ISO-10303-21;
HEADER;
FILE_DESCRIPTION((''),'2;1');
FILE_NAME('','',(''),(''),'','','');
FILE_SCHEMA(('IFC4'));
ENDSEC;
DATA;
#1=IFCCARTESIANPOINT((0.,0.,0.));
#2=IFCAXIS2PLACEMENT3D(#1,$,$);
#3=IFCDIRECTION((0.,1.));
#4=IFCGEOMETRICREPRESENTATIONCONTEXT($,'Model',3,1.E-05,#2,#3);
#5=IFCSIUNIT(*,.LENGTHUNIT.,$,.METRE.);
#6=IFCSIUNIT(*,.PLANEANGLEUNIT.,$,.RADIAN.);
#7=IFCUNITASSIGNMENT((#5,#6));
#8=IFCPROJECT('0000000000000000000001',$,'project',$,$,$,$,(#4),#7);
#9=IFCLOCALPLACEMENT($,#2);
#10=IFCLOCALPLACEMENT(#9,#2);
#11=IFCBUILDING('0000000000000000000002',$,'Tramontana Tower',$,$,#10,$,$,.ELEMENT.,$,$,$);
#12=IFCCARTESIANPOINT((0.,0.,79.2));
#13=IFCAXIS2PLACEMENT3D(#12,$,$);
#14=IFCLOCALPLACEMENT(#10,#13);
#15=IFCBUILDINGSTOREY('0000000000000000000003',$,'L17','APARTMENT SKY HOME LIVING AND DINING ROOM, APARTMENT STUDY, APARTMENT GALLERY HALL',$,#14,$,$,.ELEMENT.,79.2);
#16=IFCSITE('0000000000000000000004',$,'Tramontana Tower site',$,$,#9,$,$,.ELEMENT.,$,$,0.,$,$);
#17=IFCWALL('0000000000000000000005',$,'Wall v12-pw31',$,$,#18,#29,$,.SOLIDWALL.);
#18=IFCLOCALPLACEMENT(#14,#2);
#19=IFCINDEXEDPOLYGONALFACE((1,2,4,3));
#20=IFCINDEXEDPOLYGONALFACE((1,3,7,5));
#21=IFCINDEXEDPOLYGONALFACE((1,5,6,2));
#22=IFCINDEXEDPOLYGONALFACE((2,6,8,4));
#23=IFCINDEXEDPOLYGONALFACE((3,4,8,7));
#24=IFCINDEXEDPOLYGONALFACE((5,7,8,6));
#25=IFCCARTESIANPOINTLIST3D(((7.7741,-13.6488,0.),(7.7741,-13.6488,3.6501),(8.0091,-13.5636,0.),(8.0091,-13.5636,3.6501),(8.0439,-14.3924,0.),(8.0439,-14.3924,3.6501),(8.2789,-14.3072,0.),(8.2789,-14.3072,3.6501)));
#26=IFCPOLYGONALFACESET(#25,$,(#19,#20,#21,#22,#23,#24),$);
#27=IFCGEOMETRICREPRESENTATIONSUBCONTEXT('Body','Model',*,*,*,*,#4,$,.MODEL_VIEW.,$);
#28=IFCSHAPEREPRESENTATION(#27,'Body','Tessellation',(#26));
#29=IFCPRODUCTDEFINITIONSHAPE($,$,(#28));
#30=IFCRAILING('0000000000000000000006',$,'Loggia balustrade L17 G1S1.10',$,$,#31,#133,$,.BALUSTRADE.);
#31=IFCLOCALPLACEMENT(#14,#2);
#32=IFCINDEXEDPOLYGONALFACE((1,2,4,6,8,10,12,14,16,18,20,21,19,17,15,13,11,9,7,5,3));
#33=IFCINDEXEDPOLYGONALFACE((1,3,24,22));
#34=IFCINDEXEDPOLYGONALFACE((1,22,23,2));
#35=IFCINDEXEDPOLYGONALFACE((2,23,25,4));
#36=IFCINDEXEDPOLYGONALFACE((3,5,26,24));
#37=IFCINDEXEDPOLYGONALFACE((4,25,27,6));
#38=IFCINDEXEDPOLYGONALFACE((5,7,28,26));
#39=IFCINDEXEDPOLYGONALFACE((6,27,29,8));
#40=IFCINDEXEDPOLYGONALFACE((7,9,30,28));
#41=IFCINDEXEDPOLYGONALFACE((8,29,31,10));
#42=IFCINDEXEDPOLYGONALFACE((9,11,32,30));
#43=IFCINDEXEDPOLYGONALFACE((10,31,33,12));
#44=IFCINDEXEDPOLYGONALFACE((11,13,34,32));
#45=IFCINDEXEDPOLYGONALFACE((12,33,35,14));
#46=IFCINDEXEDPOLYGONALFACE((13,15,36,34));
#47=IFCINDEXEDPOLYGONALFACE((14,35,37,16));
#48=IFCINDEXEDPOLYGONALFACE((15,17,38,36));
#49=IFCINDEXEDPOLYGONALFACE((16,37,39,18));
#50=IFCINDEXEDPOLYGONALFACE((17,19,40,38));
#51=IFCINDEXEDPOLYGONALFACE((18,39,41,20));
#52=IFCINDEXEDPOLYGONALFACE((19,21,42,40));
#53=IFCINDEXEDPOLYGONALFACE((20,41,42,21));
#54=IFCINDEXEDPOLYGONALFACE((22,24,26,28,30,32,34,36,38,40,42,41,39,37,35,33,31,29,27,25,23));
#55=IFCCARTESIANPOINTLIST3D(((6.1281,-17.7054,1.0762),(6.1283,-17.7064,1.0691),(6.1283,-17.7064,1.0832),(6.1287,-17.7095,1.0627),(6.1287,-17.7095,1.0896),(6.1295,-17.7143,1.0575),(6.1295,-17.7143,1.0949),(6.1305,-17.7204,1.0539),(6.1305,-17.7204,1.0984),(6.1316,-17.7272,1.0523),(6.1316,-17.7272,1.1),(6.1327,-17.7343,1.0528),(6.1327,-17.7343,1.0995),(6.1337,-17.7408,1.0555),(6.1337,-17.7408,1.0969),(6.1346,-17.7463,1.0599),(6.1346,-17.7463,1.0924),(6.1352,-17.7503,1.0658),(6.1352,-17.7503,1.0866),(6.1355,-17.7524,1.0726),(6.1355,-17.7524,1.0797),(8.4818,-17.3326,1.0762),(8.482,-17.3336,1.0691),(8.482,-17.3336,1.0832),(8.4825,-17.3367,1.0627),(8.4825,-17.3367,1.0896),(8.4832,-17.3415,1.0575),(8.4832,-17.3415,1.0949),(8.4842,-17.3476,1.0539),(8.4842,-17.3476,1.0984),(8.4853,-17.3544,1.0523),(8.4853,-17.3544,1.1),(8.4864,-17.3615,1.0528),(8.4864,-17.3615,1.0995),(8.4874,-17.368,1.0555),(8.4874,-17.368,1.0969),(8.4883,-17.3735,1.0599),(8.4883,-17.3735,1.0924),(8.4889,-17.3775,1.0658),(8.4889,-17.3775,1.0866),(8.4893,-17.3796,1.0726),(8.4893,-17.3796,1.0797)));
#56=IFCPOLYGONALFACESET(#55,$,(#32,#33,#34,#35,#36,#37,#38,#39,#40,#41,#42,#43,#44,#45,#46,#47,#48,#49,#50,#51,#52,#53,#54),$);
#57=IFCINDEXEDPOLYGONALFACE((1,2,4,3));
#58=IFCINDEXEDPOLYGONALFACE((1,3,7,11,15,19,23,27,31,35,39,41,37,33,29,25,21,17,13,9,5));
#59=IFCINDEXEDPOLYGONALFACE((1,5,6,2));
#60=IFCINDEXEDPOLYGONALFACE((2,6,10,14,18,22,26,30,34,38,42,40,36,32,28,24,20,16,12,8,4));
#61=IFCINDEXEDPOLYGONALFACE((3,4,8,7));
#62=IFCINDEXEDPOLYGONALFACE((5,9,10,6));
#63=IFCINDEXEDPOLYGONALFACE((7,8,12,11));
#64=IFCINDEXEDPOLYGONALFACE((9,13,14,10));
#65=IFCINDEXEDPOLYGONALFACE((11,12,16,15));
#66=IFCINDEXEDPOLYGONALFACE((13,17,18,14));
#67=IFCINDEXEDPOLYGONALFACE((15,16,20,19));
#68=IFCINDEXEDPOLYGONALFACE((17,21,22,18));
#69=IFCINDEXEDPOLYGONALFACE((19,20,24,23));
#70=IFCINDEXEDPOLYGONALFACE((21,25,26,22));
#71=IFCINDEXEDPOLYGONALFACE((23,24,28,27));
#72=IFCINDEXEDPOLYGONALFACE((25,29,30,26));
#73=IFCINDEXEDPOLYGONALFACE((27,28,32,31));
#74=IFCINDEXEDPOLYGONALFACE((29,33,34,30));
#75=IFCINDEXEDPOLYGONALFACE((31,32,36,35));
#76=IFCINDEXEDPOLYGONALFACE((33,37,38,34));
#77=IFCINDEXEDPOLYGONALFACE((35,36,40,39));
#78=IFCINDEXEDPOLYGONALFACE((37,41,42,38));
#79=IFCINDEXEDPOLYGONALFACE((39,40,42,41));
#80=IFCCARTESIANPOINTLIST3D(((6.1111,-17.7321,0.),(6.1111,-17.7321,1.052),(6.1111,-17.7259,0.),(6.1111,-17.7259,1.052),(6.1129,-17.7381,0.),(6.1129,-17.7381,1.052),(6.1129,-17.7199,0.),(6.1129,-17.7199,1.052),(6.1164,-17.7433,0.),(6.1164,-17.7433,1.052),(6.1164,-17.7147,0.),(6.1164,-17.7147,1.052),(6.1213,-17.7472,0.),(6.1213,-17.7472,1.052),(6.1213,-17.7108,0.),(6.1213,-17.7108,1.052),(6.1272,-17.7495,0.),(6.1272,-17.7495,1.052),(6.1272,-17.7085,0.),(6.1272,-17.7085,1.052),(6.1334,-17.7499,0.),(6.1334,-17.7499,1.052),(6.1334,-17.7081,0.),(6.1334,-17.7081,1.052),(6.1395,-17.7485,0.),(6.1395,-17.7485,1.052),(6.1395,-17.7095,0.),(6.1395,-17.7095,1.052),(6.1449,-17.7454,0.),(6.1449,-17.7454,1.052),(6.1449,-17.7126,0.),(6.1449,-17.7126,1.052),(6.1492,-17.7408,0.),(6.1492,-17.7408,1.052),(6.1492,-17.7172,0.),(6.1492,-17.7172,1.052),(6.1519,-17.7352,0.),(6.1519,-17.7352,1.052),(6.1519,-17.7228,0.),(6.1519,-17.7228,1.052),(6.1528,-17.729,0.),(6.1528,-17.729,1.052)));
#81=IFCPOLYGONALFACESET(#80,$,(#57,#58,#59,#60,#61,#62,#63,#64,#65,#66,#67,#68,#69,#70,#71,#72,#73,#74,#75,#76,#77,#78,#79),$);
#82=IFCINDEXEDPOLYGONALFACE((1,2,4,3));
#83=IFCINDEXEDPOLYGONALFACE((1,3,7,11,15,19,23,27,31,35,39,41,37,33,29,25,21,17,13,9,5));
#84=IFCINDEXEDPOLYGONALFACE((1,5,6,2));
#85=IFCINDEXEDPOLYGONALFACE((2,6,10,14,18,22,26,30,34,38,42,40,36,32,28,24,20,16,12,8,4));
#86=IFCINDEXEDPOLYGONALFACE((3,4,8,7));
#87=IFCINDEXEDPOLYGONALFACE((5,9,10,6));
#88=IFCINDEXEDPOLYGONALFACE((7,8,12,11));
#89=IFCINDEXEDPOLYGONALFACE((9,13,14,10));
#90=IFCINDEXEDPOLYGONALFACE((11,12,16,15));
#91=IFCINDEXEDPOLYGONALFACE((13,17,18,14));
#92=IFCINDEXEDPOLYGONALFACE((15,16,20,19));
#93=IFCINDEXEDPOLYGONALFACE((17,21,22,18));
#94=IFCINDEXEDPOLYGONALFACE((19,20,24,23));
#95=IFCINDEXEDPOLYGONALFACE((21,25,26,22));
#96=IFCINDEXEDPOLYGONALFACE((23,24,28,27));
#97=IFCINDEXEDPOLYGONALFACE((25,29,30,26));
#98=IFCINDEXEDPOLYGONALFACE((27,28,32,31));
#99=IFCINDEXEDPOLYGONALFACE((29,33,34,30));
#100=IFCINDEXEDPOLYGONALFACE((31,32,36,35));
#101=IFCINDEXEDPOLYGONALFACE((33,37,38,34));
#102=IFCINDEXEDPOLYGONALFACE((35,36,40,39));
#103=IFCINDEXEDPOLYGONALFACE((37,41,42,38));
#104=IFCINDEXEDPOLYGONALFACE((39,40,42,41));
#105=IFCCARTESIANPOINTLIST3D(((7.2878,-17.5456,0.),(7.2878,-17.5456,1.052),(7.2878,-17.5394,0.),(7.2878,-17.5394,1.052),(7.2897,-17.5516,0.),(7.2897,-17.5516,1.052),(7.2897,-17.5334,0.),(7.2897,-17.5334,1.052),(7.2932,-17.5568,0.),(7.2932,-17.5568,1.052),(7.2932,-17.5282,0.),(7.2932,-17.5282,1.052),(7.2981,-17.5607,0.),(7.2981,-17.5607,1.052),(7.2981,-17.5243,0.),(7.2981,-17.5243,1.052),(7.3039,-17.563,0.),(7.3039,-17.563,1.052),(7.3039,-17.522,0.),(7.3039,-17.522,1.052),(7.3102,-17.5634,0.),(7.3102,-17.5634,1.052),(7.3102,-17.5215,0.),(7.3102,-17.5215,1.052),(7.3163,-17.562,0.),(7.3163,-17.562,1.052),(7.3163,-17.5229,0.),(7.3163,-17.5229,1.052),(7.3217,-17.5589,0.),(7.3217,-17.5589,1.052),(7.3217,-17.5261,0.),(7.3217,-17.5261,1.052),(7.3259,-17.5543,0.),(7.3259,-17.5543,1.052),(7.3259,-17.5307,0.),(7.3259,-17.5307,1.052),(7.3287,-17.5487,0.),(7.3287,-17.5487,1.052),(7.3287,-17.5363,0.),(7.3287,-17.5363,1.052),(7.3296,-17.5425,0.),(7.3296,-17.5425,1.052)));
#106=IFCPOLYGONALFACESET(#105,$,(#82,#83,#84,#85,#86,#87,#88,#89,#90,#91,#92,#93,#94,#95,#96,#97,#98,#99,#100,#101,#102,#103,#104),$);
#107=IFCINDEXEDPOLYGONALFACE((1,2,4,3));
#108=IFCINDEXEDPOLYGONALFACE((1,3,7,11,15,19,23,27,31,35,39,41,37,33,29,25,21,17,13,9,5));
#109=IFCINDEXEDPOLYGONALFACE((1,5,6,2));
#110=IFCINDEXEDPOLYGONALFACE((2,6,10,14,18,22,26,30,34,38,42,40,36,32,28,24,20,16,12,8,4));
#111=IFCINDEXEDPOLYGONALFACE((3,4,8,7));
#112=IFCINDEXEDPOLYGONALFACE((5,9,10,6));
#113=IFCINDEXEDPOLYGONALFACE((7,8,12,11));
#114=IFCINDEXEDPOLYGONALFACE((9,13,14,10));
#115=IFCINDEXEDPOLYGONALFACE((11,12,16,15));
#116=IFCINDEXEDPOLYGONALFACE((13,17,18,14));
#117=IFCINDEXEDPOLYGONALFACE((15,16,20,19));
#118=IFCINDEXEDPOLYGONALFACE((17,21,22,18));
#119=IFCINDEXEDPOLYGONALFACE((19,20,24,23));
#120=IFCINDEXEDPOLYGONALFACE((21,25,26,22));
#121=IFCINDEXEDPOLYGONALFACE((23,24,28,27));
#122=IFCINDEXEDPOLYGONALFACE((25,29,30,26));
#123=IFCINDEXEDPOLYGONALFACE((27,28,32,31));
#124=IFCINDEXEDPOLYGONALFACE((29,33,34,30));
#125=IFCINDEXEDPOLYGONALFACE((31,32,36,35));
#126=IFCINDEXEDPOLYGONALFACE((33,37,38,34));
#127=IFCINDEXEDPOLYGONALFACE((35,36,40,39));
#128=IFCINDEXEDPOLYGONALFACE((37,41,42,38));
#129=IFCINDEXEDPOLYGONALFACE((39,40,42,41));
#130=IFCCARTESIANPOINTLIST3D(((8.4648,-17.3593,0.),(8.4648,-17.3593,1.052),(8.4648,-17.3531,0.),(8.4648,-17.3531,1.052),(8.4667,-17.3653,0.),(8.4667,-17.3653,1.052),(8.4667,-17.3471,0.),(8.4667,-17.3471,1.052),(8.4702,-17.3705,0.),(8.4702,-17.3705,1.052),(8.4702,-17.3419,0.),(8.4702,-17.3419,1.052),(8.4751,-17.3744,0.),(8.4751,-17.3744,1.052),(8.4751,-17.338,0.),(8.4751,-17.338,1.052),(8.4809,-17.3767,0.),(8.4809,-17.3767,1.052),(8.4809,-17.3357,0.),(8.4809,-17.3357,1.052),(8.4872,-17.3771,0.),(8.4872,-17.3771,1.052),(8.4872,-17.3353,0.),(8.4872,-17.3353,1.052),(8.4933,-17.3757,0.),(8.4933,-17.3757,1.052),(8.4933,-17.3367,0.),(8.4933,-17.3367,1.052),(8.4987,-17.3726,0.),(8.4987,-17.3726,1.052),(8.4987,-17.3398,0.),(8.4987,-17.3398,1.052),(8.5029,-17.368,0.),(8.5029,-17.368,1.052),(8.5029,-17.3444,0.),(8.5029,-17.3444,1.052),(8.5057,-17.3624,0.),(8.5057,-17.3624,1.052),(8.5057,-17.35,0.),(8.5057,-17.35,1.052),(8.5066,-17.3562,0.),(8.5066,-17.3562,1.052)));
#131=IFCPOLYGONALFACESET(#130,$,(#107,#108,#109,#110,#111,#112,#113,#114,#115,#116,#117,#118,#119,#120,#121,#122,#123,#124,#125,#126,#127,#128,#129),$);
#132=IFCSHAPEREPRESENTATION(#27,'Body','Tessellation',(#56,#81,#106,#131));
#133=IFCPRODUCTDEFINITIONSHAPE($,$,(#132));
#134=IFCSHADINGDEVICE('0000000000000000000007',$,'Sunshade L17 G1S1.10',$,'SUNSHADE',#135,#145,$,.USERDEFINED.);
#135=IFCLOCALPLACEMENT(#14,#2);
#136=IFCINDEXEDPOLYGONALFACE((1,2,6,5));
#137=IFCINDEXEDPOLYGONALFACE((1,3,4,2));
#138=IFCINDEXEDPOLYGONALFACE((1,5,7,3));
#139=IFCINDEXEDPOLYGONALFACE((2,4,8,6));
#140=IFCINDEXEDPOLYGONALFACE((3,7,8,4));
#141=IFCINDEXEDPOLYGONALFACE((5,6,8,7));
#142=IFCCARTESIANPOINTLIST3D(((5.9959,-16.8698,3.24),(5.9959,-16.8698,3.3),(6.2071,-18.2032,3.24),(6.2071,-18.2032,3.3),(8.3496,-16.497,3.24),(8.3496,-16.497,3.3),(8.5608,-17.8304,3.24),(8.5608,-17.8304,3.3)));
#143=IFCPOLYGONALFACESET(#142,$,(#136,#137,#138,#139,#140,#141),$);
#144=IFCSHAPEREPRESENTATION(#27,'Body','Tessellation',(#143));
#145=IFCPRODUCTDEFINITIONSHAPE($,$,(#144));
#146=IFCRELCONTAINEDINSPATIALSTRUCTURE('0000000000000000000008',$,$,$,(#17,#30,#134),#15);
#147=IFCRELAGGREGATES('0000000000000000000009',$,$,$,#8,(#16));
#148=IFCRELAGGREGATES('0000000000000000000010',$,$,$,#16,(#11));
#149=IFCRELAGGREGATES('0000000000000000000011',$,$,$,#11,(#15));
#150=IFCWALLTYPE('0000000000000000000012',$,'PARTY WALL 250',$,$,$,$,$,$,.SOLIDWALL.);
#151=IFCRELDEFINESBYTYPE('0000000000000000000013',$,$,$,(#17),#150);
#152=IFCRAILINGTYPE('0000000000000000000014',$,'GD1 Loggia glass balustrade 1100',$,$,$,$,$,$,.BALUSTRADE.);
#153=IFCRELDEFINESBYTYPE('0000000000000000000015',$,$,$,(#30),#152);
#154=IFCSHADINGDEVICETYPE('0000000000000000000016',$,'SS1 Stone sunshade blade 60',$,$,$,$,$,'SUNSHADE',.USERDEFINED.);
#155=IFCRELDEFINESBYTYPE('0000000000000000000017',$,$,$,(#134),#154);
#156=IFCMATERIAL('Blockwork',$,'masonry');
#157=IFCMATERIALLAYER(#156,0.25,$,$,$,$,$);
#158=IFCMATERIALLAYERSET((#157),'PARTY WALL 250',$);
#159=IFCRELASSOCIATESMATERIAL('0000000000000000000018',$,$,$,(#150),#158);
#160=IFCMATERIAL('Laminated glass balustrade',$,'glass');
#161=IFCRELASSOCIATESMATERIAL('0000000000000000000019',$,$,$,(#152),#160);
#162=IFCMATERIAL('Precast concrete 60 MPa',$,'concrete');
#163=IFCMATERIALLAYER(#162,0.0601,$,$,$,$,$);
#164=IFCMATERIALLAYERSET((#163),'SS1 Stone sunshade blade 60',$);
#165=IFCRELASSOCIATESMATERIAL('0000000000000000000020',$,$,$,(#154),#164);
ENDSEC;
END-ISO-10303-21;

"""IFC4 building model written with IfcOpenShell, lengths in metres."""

from ifc_helpers import new_model, si_unit, direction, frame, frame_2d, origin, origin_2d, place, context, subcontext, project, spatial, rectangle, circle, extrude, material, layer, layer_set, type_object, element, save


model = new_model("IFC4")

# Units and contexts
model_context = context("Model", 3, precision=1e-05, world=origin(), true_north=direction((0.0, 1.0)))
body_context = subcontext(model_context, "Body", "Model", "MODEL_VIEW")
ifc_project = project(units=[si_unit("LENGTHUNIT", "METRE"), si_unit("PLANEANGLEUNIT", "RADIAN")], contexts=[model_context])

# Site, building, storey
site_placement = place(None, origin())
site = spatial("IfcSite", under=ifc_project, at=site_placement, Name="Tramontana Tower site", CompositionType="ELEMENT", RefElevation=0.0)
building_placement = place(site_placement, origin())
building = spatial("IfcBuilding", under=site, at=building_placement, Name="Tramontana Tower", CompositionType="ELEMENT")
storey_placement = place(building_placement, frame((0.0, 0.0, 79.2)))
storey = spatial("IfcBuildingStorey", under=building, at=storey_placement, Name="L17", Description="APARTMENT SKY HOME LIVING AND DINING ROOM, APARTMENT STUDY, APARTMENT GALLERY HALL", CompositionType="ELEMENT", Elevation=79.2)

# Wall
ifc_material_1 = material(Name="Blockwork", Category="masonry")
ifc_layer_1 = layer(ifc_material_1, 0.25)
ifc_layer_set_1 = layer_set([ifc_layer_1], Name="PARTY WALL 250")
wall_type_1 = type_object("IfcWallType", Name="PARTY WALL 250", PredefinedType="SOLIDWALL", material=ifc_layer_set_1)
wall_1_placement = place(storey_placement, frame((7.8916, -13.6062, 0.0), z_axis=(0.0, 0.0, 1.0), x_axis=(0.341024, -0.940054, 0.0)))
element("IfcWall", 1, at=wall_1_placement, inside=storey, type_object=wall_type_1, Name="Wall v12-pw31", PredefinedType="SOLIDWALL", context=body_context, shape_type="SweptSolid", body=[
    extrude(rectangle(XDim=0.791, YDim=0.25, at=frame_2d((0.3955, 0.0))), origin(), (0.0, 0.0, 1.0), 3.6501),
])

# Railing
ifc_material_2 = material(Name="Laminated glass balustrade", Category="glass")
railing_type = type_object("IfcRailingType", Name="GD1 Loggia glass balustrade 1100", PredefinedType="BALUSTRADE", material=ifc_material_2)
railing_placement = place(storey_placement, frame((6.1318, -17.729, 0.0)))
element("IfcRailing", 2, at=railing_placement, inside=storey, type_object=railing_type, Name="Loggia balustrade L17 G1S1.10", PredefinedType="BALUSTRADE", context=body_context, shape_type="SweptSolid", body=[
    extrude(circle(Radius=0.0239, at=origin_2d()), frame((0.0, 0.0, 1.0762), z_axis=(0.987688, 0.156436, 0.0), x_axis=(-0.156436, 0.987688, 0.0)), (0.0, 0.0, 1.0), 2.3831),
    extrude(circle(Radius=0.021, at=origin_2d()), origin(), (0.0, 0.0, 1.0), 1.052),
    extrude(circle(Radius=0.021, at=origin_2d()), frame((1.1768, 0.1865, 0.0)), (0.0, 0.0, 1.0), 1.052),
    extrude(circle(Radius=0.021, at=origin_2d()), frame((2.3538, 0.3728, 0.0)), (0.0, 0.0, 1.0), 1.052),
])

# Shading device
ifc_material_3 = material(Name="Precast concrete 60 MPa", Category="concrete")
ifc_layer_2 = layer(ifc_material_3, 0.0601)
ifc_layer_set_2 = layer_set([ifc_layer_2], Name="SS1 Stone sunshade blade 60")
shading_device_type = type_object("IfcShadingDeviceType", Name="SS1 Stone sunshade blade 60", ElementType="SUNSHADE", PredefinedType="USERDEFINED", material=ifc_layer_set_2)
shading_device_placement = place(storey_placement, frame((7.2783, -17.3501, 3.24), z_axis=(0.0, 0.0, 1.0), x_axis=(0.987688, 0.156434, 0.0)))
element("IfcShadingDevice", 3, at=shading_device_placement, inside=storey, type_object=shading_device_type, Name="Sunshade L17 G1S1.10", ObjectType="SUNSHADE", PredefinedType="USERDEFINED", context=body_context, shape_type="SweptSolid", body=[
    extrude(rectangle(XDim=2.3831, YDim=1.3501, at=origin_2d()), origin(), (0.0, 0.0, 1.0), 0.0601),
])

save(model, "model.ifc")
